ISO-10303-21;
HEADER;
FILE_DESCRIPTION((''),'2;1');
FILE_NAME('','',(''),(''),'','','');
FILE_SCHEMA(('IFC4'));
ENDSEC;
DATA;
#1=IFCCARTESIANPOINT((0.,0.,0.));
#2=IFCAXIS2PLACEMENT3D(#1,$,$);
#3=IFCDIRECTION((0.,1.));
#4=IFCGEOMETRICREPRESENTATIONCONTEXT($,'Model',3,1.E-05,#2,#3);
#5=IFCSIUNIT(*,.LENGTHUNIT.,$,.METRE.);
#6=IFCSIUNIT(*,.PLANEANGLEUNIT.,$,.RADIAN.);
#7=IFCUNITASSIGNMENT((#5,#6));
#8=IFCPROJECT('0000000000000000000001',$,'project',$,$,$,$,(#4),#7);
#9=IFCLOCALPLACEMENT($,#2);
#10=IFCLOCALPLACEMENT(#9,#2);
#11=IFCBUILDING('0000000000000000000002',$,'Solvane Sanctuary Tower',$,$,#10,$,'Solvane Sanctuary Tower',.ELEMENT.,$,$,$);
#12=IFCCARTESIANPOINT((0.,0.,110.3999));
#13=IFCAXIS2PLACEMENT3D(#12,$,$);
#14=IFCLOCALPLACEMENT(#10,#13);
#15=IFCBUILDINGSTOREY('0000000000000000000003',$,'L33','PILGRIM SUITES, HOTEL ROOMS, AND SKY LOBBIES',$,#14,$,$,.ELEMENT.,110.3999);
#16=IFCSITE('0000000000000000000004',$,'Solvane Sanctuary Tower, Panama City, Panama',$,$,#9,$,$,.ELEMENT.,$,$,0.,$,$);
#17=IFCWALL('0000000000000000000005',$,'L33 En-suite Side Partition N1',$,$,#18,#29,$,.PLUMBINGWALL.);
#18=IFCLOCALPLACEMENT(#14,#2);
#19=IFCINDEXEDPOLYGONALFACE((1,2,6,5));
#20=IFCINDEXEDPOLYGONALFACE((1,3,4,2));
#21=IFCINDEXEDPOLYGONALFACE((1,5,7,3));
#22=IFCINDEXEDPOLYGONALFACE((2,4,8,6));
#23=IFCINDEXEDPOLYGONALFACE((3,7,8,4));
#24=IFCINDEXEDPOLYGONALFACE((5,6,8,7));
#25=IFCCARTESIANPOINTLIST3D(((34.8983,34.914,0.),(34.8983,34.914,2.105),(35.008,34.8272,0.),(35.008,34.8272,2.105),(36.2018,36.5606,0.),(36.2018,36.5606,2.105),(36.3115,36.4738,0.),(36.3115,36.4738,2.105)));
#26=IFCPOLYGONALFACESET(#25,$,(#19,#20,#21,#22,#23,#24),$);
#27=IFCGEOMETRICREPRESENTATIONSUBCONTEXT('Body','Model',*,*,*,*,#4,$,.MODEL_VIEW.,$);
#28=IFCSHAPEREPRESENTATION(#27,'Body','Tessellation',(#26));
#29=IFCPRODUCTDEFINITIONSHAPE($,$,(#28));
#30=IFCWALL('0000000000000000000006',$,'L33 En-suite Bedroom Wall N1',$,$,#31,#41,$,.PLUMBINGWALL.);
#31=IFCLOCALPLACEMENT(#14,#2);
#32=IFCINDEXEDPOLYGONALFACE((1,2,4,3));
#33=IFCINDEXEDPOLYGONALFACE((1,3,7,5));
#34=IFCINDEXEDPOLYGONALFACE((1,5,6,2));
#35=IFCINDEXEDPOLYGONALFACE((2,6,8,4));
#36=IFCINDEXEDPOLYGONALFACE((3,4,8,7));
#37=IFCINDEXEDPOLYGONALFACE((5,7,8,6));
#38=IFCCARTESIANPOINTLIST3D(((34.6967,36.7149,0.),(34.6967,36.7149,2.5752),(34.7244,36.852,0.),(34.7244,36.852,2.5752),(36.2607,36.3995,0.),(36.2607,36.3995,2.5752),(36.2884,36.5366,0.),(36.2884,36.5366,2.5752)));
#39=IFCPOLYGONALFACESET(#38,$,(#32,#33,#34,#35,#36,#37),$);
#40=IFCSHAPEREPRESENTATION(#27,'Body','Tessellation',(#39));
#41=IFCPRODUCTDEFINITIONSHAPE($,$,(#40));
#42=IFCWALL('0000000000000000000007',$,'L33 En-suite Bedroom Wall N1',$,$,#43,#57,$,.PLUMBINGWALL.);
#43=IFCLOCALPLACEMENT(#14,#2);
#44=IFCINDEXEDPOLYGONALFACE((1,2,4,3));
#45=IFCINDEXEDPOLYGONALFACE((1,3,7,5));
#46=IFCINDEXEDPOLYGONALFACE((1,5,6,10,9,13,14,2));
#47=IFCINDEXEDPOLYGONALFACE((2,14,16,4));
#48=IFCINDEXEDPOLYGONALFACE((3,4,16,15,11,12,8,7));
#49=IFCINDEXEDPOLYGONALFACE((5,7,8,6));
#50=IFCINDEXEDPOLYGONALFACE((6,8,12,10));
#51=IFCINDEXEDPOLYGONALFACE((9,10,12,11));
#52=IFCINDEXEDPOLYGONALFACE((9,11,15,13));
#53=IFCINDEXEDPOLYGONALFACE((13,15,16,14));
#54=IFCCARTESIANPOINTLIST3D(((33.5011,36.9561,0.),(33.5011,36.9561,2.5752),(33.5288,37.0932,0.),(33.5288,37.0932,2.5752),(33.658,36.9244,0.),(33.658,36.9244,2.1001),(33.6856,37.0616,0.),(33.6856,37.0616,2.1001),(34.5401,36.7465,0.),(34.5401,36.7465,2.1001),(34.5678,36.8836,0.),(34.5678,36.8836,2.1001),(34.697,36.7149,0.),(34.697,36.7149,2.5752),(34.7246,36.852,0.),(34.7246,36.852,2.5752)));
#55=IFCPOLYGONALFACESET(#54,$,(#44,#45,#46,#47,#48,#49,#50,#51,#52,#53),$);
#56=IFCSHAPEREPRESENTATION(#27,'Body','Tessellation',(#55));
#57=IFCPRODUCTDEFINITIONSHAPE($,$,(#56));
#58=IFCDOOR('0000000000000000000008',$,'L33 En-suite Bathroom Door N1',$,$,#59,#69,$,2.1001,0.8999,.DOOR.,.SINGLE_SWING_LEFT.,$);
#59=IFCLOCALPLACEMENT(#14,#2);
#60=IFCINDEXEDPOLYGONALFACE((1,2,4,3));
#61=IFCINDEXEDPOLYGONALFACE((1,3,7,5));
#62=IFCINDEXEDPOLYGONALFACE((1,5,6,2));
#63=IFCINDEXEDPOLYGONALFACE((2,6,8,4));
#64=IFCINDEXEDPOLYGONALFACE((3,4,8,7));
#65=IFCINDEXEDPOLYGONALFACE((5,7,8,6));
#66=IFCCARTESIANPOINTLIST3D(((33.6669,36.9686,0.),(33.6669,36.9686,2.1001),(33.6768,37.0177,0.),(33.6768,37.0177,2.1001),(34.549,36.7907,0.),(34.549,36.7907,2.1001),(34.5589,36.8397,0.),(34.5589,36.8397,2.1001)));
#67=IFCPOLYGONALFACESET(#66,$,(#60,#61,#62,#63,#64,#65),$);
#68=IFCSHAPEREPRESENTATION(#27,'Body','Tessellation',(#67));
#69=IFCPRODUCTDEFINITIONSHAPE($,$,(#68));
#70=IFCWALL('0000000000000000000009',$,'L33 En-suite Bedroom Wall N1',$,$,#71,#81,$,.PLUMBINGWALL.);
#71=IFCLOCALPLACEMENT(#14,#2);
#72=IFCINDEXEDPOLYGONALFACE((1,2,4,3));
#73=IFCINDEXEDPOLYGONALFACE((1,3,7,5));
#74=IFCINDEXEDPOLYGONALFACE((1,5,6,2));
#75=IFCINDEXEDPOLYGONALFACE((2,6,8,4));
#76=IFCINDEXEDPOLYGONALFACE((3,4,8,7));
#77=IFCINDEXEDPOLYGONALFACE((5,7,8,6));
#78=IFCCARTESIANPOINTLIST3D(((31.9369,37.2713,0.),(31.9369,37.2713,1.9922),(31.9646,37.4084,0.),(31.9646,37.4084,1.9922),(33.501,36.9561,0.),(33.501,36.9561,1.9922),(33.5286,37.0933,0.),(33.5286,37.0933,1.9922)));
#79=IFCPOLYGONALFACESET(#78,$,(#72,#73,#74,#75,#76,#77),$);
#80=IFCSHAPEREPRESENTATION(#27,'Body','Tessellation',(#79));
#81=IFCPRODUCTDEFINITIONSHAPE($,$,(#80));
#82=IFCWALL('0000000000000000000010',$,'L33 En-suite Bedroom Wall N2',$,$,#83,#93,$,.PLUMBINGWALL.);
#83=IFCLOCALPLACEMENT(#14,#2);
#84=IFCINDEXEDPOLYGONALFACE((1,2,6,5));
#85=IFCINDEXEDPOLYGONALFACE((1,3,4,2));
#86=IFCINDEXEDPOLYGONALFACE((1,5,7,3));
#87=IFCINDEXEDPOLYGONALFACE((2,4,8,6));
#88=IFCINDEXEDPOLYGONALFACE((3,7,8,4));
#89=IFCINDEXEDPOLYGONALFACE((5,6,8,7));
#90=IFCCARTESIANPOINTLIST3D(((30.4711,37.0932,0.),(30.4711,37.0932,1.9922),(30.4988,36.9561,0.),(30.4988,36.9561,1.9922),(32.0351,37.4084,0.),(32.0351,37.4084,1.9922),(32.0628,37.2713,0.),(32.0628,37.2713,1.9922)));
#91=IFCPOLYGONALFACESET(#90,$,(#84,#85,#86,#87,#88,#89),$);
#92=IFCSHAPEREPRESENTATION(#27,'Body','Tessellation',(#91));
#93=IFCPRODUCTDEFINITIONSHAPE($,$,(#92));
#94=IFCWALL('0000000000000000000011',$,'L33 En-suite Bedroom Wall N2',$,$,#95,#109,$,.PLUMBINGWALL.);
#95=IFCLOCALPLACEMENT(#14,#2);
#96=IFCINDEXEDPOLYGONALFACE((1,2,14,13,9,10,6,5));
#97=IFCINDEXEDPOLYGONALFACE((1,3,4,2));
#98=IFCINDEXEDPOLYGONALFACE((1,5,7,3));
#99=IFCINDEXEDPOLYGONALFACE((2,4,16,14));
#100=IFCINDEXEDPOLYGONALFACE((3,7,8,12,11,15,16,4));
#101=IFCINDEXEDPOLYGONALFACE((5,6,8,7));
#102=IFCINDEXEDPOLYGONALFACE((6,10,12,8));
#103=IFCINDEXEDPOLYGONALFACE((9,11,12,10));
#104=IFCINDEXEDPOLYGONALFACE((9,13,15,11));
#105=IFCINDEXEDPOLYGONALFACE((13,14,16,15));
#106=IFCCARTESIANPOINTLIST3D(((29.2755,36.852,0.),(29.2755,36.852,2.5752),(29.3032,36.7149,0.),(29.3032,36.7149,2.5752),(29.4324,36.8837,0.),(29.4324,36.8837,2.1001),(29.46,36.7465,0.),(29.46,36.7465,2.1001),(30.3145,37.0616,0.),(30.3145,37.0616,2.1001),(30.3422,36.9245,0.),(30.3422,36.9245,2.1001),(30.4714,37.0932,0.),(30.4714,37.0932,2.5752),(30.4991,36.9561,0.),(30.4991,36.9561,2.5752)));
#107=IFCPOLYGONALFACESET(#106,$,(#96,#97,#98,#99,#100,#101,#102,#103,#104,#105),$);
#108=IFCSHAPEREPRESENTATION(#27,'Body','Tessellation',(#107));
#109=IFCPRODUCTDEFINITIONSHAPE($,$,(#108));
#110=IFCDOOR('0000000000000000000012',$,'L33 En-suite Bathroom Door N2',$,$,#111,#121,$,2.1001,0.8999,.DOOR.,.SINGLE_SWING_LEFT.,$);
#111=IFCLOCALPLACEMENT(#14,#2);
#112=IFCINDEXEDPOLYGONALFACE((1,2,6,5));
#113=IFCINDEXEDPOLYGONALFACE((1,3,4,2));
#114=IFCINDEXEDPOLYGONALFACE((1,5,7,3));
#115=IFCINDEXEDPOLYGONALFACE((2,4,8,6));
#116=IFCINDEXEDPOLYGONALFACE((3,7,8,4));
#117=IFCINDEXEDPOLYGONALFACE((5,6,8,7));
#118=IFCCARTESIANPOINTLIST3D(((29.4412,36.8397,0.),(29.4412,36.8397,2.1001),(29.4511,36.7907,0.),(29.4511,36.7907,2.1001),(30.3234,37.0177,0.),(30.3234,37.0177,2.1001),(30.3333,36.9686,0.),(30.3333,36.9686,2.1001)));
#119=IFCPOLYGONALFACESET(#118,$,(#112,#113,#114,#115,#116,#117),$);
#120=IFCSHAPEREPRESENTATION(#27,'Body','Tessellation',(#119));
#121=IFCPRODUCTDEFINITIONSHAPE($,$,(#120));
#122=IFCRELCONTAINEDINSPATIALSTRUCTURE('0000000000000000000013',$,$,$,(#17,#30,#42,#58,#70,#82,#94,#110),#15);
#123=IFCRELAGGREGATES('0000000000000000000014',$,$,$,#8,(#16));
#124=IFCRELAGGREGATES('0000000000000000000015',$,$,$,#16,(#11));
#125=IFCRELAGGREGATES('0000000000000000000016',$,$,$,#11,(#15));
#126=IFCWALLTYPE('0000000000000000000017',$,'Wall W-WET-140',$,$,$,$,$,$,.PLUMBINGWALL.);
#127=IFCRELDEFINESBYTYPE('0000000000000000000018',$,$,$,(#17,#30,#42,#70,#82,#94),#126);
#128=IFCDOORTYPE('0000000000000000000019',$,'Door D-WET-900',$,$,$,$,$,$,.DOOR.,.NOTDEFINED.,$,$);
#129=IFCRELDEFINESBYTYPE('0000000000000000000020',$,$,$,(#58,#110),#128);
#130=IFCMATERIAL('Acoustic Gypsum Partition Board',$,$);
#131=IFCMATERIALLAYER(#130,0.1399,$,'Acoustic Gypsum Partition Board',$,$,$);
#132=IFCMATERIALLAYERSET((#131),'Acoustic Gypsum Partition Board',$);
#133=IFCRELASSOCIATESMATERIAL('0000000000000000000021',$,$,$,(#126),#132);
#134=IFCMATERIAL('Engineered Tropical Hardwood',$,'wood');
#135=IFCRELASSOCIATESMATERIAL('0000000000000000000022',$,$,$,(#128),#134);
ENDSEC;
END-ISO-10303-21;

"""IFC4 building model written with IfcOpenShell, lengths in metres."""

from ifc_helpers import new_model, si_unit, direction, frame, frame_2d, origin, place, context, subcontext, project, spatial, rectangle, extrude, material, layer, layer_set, type_object, element, fill, save


model = new_model("IFC4")

# Units and contexts
model_context = context("Model", 3, precision=1e-05, world=origin(), true_north=direction((0.0, 1.0)))
body_context = subcontext(model_context, "Body", "Model", "MODEL_VIEW")
ifc_project = project(units=[si_unit("LENGTHUNIT", "METRE"), si_unit("PLANEANGLEUNIT", "RADIAN")], contexts=[model_context])

# Site, building, storey
site_placement = place(None, origin())
site = spatial("IfcSite", under=ifc_project, at=site_placement, Name="Solvane Sanctuary Tower, Panama City, Panama", CompositionType="ELEMENT", RefElevation=0.0)
building_placement = place(site_placement, origin())
building = spatial("IfcBuilding", under=site, at=building_placement, Name="Solvane Sanctuary Tower", LongName="Solvane Sanctuary Tower", CompositionType="ELEMENT")
storey_placement = place(building_placement, frame((0.0, 0.0, 110.3999)))
storey = spatial("IfcBuildingStorey", under=building, at=storey_placement, Name="L33", Description="PILGRIM SUITES, HOTEL ROOMS, AND SKY LOBBIES", CompositionType="ELEMENT", Elevation=110.3999)

# Shared definitions
ifc_material_1 = material(Name="Acoustic Gypsum Partition Board")

# Shared definitions
ifc_material_2 = material(Name="Engineered Tropical Hardwood", Category="wood")

# Walls
ifc_layer_1 = layer(ifc_material_1, 0.1399, Name="Acoustic Gypsum Partition Board")
ifc_layer_set_1 = layer_set([ifc_layer_1], Name="Acoustic Gypsum Partition Board")
wall_type_1 = type_object("IfcWallType", Name="Wall W-WET-140", PredefinedType="PLUMBINGWALL", material=ifc_layer_set_1)
wall_1_placement = place(storey_placement, frame((34.9531, 34.8706, 0.0), z_axis=(0.0, 0.0, 1.0), x_axis=(0.620703, 0.784046, 0.0)))
element("IfcWall", 1, at=wall_1_placement, inside=storey, type_object=wall_type_1, Name="L33 En-suite Side Partition N1", PredefinedType="PLUMBINGWALL", context=body_context, shape_type="SweptSolid", body=[
    extrude(rectangle(XDim=2.1001, YDim=0.1399, at=frame_2d((1.05, 0.0))), origin(), (0.0, 0.0, 1.0), 2.105),
])
wall_2_placement = place(storey_placement, frame((36.2747, 36.468, 0.0), z_axis=(0.0, 0.0, 1.0), x_axis=(-0.980262, 0.197705, 0.0)))
element("IfcWall", 2, at=wall_2_placement, inside=storey, type_object=wall_type_1, Name="L33 En-suite Bedroom Wall N1", PredefinedType="PLUMBINGWALL", context=body_context, shape_type="SweptSolid", body=[
    extrude(rectangle(XDim=1.5955, YDim=0.1399, at=frame_2d((0.7979, 0.0))), origin(), (0.0, 0.0, 1.0), 2.5752),
])

# Wall, opening, door
wall_3_placement = place(storey_placement, frame((34.7107, 36.7834, 0.0), z_axis=(0.0, 0.0, 1.0), x_axis=(-0.980256, 0.197732, 0.0)))
wall_3 = element("IfcWall", 3, at=wall_3_placement, inside=storey, type_object=wall_type_1, Name="L33 En-suite Bedroom Wall N1", PredefinedType="PLUMBINGWALL", context=body_context, shape_type="SweptSolid", body=[
    extrude(rectangle(XDim=1.22, YDim=0.1399, at=frame_2d((0.6099, 0.0))), origin(), (0.0, 0.0, 1.0), 2.5752),
])
opening_1_placement = place(wall_3_placement, frame((0.1599, 0.0, 0.0)))
opening_1 = element("IfcOpeningElement", 4, at=opening_1_placement, cuts=wall_3, PredefinedType="OPENING", context=body_context, shape_type="SweptSolid", body=[
    extrude(rectangle(XDim=0.8999, YDim=2.1001, at=frame_2d((0.45, 1.05))), frame((0.0, 0.0798, 0.0), z_axis=(0.0, -1.0, 0.0), x_axis=(1.0, 0.0, 0.0)), (0.0, 0.0, 1.0), 0.1599),
])
door_type_1 = type_object("IfcDoorType", Name="Door D-WET-900", OperationType="NOTDEFINED", PredefinedType="DOOR", material=ifc_material_2)
door_1_placement = place(opening_1_placement, origin())
door_1 = element("IfcDoor", 5, at=door_1_placement, inside=storey, type_object=door_type_1, Name="L33 En-suite Bathroom Door N1", OperationType="SINGLE_SWING_LEFT", OverallHeight=2.1001, OverallWidth=0.8999, PredefinedType="DOOR", context=body_context, shape_type="SweptSolid", body=[
    extrude(rectangle(XDim=0.8999, YDim=2.1001, at=frame_2d((0.45, 1.05))), frame((0.0, 0.0249, 0.0), z_axis=(0.0, -1.0, 0.0), x_axis=(1.0, 0.0, 0.0)), (0.0, 0.0, 1.0), 0.05),
])
fill(opening_1, door_1)

# Walls
for number, where, z_axis, x_axis, name in (
    (6, (33.5149, 37.0247, 0.0), (0.0, 0.0, 1.0), (-0.980291, 0.197558, 0.0), "L33 En-suite Bedroom Wall N1"),
    (7, (32.0491, 37.3398, 0.0), (0.0, 0.0, 1.0), (-0.980291, -0.197558, 0.0), "L33 En-suite Bedroom Wall N2"),
):
    element("IfcWall", number, at=place(storey_placement, frame(where, z_axis=z_axis, x_axis=x_axis)), inside=storey, type_object=wall_type_1, Name=name, PredefinedType="PLUMBINGWALL", context=body_context, shape_type="SweptSolid", body=[
        extrude(rectangle(XDim=1.5955, YDim=0.1399, at=frame_2d((0.7979, 0.0))), origin(), (0.0, 0.0, 1.0), 1.9922),
    ])

# Wall, opening, door
wall_4_placement = place(storey_placement, frame((30.4851, 37.0247, 0.0), z_axis=(0.0, 0.0, 1.0), x_axis=(-0.980256, -0.197732, 0.0)))
wall_4 = element("IfcWall", 8, at=wall_4_placement, inside=storey, type_object=wall_type_1, Name="L33 En-suite Bedroom Wall N2", PredefinedType="PLUMBINGWALL", context=body_context, shape_type="SweptSolid", body=[
    extrude(rectangle(XDim=1.22, YDim=0.1399, at=frame_2d((0.6099, 0.0))), origin(), (0.0, 0.0, 1.0), 2.5752),
])
opening_2_placement = place(wall_4_placement, frame((0.1599, 0.0, 0.0)))
opening_2 = element("IfcOpeningElement", 9, at=opening_2_placement, cuts=wall_4, PredefinedType="OPENING", context=body_context, shape_type="SweptSolid", body=[
    extrude(rectangle(XDim=0.8999, YDim=2.1001, at=frame_2d((0.45, 1.05))), frame((0.0, 0.0798, 0.0), z_axis=(0.0, -1.0, 0.0), x_axis=(1.0, 0.0, 0.0)), (0.0, 0.0, 1.0), 0.1599),
])
door_2_placement = place(opening_2_placement, origin())
door_2 = element("IfcDoor", 10, at=door_2_placement, inside=storey, type_object=door_type_1, Name="L33 En-suite Bathroom Door N2", OperationType="SINGLE_SWING_LEFT", OverallHeight=2.1001, OverallWidth=0.8999, PredefinedType="DOOR", context=body_context, shape_type="SweptSolid", body=[
    extrude(rectangle(XDim=0.8999, YDim=2.1001, at=frame_2d((0.45, 1.05))), frame((0.0, 0.0249, 0.0), z_axis=(0.0, -1.0, 0.0), x_axis=(1.0, 0.0, 0.0)), (0.0, 0.0, 1.0), 0.05),
])
fill(opening_2, door_2)

save(model, "model.ifc")
